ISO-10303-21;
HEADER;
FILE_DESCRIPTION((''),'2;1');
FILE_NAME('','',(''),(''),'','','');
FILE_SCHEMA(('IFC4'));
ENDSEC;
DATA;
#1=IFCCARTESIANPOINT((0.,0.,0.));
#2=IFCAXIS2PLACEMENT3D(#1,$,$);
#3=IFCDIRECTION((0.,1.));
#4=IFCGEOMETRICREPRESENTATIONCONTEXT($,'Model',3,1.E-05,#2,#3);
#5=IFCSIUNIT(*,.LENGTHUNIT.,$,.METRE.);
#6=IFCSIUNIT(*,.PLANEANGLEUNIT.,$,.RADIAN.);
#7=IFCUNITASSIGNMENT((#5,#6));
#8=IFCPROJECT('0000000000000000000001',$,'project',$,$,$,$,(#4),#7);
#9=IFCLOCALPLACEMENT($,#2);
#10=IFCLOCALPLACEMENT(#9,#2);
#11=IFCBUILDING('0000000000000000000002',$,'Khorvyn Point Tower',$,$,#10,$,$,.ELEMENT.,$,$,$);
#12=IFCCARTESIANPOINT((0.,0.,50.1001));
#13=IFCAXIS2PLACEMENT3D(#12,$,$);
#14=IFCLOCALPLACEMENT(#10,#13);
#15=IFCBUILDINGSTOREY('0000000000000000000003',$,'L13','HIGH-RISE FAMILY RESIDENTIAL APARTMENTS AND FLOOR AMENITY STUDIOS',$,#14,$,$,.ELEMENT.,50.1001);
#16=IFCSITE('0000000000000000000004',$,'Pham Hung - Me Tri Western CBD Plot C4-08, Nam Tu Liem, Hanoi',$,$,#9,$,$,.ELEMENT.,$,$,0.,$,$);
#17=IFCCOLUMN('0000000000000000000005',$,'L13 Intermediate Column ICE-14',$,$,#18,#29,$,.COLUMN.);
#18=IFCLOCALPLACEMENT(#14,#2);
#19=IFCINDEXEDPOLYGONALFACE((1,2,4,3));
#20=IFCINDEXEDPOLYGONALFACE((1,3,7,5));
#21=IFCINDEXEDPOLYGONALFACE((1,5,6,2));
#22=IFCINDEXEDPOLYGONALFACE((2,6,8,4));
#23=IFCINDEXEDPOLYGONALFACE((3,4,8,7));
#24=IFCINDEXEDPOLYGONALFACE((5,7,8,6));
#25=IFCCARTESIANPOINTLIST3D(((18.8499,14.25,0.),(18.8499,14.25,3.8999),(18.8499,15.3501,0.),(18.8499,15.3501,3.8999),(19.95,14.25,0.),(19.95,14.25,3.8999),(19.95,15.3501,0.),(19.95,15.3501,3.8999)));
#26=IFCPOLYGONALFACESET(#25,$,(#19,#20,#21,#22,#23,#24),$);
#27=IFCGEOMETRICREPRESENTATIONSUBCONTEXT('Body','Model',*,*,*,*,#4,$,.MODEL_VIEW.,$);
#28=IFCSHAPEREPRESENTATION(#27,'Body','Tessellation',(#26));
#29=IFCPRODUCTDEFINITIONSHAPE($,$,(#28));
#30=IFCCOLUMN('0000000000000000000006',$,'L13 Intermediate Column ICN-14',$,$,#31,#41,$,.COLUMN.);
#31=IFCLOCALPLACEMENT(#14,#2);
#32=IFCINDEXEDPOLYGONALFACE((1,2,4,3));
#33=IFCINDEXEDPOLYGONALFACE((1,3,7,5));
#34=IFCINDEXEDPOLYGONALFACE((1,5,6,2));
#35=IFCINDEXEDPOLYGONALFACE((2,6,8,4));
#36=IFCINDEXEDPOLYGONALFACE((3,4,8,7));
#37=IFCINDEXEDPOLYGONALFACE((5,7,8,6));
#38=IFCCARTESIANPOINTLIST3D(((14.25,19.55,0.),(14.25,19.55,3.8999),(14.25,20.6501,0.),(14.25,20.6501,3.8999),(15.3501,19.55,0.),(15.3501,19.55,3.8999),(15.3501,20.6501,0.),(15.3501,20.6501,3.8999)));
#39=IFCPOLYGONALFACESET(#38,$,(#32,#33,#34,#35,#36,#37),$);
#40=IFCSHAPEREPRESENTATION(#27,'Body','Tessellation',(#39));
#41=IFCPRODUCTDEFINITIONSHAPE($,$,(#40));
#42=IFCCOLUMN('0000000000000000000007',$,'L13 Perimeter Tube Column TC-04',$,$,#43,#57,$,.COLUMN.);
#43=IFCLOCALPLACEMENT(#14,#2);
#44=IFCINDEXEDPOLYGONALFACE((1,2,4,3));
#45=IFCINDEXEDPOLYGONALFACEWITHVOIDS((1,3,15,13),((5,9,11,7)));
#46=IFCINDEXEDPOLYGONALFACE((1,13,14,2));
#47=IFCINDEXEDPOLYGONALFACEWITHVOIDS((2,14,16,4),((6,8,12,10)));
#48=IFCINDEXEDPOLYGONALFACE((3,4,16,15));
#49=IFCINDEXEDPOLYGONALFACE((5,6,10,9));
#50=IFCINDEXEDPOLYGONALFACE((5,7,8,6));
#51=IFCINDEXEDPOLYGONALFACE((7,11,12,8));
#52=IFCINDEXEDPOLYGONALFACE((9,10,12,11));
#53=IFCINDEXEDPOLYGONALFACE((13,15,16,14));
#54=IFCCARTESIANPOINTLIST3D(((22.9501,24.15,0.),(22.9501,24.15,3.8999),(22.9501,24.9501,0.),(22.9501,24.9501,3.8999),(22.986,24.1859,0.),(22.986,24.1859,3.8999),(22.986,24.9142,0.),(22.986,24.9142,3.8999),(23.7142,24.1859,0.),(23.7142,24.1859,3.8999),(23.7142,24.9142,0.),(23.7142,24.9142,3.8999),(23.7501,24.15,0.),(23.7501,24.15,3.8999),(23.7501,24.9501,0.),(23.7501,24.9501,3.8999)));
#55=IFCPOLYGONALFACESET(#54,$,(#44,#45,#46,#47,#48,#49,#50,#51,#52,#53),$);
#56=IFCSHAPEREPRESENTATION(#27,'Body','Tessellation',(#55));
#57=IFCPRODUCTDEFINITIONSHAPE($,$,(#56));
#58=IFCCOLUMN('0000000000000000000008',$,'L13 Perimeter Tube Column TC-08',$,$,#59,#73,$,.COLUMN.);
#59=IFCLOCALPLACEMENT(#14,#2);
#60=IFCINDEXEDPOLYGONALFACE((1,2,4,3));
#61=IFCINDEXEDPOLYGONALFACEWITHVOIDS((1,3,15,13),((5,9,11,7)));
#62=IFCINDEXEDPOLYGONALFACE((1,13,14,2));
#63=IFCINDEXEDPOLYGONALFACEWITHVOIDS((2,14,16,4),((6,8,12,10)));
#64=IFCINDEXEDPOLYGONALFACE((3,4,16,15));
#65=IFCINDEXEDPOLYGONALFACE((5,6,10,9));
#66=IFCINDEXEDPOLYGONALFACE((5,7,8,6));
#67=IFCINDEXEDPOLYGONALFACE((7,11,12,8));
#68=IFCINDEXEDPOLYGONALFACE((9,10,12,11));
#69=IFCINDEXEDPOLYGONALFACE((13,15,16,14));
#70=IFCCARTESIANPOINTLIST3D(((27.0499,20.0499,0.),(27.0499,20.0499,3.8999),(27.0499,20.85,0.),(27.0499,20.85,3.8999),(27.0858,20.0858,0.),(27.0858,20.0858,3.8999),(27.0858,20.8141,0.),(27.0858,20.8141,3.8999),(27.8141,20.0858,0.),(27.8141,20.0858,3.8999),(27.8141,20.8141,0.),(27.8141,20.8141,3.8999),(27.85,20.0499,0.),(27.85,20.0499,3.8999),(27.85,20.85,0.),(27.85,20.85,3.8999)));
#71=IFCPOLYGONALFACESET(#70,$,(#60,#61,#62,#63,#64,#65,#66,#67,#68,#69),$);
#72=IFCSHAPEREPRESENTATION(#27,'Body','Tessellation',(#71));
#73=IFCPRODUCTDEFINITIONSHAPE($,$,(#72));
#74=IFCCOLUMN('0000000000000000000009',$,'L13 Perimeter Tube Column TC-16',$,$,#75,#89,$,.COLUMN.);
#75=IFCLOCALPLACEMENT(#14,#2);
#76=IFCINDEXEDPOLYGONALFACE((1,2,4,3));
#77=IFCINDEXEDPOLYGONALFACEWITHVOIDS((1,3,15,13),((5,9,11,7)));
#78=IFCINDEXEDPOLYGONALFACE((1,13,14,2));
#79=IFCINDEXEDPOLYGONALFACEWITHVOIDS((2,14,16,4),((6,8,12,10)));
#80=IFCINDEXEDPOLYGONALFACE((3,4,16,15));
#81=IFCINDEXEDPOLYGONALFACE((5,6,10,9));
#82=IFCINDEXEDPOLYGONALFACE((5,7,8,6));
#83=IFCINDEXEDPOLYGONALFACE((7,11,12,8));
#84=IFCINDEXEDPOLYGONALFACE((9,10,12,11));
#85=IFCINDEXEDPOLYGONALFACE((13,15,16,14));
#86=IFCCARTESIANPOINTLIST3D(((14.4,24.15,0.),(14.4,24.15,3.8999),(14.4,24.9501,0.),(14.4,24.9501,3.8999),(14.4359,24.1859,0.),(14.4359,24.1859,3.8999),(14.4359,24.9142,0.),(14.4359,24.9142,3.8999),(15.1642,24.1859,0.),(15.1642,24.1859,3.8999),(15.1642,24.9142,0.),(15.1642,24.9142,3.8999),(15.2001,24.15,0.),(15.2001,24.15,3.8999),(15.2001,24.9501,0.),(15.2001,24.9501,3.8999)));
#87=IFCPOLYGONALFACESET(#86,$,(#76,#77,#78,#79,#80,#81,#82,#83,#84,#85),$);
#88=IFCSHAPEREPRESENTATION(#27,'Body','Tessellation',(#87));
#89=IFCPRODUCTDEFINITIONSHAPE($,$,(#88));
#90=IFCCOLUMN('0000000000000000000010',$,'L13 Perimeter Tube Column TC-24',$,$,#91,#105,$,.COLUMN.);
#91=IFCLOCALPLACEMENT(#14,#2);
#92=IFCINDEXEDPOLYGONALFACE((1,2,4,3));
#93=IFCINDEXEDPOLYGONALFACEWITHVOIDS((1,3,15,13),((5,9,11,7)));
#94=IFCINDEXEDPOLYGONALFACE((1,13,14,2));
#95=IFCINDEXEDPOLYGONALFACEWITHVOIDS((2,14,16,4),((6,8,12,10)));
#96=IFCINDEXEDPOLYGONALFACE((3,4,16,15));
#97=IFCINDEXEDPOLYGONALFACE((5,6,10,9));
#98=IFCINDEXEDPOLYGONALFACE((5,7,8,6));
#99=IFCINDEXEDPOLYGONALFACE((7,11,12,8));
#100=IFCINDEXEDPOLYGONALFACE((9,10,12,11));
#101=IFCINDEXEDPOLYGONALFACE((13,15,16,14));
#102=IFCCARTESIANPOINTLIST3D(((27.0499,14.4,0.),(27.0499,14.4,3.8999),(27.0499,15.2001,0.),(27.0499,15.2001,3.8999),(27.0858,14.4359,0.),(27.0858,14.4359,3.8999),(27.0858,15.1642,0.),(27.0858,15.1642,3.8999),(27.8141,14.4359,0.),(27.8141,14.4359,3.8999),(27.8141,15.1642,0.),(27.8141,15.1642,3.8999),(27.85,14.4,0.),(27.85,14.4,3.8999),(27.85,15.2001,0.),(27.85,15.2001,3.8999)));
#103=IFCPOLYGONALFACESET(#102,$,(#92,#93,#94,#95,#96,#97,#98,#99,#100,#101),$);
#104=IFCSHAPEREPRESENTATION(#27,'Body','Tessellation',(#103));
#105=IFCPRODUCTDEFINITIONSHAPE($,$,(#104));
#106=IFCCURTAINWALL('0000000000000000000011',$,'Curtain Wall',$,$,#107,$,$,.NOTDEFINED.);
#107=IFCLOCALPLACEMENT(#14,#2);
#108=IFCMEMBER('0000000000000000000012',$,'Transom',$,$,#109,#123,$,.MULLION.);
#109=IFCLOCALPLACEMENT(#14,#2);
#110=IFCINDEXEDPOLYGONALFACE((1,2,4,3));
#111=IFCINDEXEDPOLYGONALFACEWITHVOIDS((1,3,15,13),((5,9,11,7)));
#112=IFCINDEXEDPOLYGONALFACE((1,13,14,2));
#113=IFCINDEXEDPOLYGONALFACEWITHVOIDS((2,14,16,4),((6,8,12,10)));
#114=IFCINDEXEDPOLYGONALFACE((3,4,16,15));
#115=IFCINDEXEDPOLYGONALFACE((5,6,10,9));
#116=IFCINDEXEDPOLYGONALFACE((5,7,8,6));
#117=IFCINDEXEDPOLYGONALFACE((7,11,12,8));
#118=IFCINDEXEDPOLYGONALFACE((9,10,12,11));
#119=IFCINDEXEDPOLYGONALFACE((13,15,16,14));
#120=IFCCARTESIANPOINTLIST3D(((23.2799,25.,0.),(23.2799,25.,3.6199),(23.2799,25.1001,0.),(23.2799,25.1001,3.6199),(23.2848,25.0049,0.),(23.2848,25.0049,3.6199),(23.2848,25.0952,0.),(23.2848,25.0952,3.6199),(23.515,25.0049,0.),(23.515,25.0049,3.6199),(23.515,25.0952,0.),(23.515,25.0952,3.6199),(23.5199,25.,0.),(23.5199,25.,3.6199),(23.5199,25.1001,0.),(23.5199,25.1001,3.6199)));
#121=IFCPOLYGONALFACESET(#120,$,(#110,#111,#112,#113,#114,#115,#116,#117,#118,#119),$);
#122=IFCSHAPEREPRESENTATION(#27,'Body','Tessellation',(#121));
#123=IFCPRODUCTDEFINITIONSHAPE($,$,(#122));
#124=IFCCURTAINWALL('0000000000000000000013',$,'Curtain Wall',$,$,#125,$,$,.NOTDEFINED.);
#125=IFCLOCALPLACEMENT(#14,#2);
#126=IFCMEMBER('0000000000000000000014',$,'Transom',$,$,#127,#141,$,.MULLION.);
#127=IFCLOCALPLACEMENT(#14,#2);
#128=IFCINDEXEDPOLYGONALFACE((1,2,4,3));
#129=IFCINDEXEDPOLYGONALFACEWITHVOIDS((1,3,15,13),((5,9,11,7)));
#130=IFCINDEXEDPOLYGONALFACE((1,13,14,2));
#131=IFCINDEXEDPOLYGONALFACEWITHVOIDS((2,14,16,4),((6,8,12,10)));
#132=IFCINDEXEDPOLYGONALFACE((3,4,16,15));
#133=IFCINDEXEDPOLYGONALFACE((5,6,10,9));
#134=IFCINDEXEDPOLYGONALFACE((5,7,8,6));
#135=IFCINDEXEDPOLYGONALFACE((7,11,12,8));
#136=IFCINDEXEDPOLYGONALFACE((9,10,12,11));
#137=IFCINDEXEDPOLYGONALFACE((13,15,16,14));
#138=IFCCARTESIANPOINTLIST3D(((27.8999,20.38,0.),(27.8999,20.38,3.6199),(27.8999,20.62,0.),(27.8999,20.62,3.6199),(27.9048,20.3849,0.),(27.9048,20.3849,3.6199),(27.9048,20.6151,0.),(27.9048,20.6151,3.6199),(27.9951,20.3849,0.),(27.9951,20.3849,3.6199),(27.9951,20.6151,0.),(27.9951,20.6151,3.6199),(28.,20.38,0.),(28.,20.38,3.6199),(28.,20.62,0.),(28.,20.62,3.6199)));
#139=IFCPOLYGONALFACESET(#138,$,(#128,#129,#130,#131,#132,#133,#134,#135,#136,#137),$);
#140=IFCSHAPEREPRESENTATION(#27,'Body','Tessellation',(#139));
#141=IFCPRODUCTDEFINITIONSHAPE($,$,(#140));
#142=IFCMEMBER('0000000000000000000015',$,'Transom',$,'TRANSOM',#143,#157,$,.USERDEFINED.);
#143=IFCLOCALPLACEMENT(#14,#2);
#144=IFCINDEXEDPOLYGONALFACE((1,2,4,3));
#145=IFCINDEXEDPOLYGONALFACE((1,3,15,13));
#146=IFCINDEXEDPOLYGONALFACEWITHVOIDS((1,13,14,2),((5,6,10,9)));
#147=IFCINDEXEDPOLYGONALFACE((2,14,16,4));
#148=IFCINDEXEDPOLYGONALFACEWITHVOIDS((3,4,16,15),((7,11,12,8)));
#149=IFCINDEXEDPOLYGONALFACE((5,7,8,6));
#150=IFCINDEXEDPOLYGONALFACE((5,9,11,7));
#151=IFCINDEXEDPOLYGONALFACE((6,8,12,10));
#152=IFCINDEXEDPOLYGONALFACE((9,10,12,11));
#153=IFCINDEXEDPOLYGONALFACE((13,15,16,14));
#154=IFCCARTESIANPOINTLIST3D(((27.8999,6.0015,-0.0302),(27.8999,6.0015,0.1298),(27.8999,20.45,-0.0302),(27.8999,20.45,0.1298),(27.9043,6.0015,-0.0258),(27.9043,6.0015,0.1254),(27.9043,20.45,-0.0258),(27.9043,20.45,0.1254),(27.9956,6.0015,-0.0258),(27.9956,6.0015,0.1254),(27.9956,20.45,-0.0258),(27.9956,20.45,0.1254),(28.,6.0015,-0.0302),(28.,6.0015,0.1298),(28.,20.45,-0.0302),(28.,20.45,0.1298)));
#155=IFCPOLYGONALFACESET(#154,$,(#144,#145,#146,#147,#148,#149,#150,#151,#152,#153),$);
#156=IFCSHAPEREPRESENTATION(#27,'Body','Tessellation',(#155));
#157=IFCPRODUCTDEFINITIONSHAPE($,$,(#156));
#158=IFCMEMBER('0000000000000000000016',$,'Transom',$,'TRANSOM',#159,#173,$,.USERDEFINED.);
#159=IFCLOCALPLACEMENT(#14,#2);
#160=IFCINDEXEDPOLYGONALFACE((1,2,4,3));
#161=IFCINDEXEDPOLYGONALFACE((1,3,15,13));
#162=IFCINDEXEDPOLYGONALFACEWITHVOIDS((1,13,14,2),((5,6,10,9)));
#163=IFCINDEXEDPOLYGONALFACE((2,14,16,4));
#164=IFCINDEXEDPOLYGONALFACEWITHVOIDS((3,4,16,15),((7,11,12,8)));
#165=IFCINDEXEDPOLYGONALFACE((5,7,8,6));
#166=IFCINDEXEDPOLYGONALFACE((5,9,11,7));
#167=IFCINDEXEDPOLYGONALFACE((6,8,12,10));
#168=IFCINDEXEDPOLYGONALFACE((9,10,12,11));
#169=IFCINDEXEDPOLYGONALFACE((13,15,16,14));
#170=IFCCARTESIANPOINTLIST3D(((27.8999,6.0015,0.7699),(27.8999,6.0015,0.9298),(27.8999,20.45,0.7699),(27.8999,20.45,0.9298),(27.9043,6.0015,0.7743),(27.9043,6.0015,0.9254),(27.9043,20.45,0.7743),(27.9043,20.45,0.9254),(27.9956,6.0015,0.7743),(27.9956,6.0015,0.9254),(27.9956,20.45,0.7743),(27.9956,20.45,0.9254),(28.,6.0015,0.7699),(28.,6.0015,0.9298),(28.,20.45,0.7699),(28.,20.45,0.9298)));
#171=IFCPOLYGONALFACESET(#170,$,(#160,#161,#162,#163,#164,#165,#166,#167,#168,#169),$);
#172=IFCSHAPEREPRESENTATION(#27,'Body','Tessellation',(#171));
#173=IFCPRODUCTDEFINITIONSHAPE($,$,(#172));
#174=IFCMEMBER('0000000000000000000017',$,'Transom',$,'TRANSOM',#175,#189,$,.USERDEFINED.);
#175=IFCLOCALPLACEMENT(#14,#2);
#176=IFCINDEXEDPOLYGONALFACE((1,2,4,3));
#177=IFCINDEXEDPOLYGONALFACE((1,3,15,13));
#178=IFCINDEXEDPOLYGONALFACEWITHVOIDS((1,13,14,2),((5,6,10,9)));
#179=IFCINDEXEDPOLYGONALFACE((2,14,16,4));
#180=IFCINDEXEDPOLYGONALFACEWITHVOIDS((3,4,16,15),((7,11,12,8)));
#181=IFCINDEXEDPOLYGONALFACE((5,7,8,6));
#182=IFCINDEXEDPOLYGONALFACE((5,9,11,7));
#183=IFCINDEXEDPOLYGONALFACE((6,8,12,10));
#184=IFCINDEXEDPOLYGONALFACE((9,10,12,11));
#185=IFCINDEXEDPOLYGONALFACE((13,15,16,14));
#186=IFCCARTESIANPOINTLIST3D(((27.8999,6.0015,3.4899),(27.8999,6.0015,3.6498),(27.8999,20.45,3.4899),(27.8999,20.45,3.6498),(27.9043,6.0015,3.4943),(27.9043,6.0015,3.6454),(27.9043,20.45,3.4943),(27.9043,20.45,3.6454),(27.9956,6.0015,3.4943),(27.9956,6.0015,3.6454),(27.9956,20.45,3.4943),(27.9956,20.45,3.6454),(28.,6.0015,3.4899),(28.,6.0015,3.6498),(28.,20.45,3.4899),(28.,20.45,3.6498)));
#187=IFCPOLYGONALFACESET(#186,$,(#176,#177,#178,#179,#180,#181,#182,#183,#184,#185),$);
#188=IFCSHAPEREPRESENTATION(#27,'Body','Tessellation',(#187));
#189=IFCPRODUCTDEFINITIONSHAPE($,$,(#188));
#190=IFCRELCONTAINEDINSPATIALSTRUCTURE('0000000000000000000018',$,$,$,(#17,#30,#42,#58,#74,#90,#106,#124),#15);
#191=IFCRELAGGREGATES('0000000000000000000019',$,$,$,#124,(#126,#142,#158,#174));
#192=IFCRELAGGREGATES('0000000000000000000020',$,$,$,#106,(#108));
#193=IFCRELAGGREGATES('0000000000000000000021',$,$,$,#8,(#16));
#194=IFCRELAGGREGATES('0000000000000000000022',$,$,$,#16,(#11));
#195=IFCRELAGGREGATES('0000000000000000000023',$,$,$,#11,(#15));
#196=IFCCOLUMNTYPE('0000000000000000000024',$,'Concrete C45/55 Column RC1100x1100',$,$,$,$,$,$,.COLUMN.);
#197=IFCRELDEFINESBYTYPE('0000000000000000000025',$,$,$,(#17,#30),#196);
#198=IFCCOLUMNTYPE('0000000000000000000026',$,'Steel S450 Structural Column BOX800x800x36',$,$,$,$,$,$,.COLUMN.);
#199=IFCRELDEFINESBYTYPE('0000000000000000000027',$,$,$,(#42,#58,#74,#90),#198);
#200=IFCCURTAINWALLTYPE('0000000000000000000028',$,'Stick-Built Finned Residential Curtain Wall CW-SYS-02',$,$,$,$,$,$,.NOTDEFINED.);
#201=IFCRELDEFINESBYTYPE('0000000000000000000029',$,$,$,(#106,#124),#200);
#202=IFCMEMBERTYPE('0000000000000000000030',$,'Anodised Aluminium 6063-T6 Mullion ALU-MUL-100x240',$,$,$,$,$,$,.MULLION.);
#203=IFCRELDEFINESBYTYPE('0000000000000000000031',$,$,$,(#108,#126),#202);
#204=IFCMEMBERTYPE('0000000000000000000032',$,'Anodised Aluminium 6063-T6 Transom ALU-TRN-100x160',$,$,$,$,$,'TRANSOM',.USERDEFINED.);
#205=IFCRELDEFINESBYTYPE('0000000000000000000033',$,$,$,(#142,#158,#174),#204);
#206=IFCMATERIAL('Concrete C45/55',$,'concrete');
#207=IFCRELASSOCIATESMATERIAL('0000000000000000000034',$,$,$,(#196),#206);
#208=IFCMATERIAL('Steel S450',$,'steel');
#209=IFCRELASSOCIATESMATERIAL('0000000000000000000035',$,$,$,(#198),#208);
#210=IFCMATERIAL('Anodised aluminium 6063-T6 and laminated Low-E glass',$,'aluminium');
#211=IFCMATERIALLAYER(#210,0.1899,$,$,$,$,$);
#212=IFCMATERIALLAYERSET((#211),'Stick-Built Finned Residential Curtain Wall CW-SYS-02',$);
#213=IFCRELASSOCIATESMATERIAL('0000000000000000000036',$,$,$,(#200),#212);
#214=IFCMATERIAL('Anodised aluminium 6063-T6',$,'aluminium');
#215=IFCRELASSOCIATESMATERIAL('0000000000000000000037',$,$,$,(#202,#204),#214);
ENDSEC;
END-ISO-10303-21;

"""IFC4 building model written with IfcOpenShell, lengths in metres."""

from ifc_helpers import new_model, si_unit, direction, frame, origin, origin_2d, place, context, subcontext, project, spatial, rectangle, hollow_rectangle, extrude, material, layer, layer_set, material_profile, profile_set, type_object, element, aggregate, save


model = new_model("IFC4")

# Units and contexts
model_context = context("Model", 3, precision=1e-05, world=origin(), true_north=direction((0.0, 1.0)))
body_context = subcontext(model_context, "Body", "Model", "MODEL_VIEW")
ifc_project = project(units=[si_unit("LENGTHUNIT", "METRE"), si_unit("PLANEANGLEUNIT", "RADIAN")], contexts=[model_context])

# Site, building, storey
site_placement = place(None, origin())
site = spatial("IfcSite", under=ifc_project, at=site_placement, Name="Pham Hung - Me Tri Western CBD Plot C4-08, Nam Tu Liem, Hanoi", CompositionType="ELEMENT", RefElevation=0.0)
building_placement = place(site_placement, origin())
building = spatial("IfcBuilding", under=site, at=building_placement, Name="Khorvyn Point Tower", CompositionType="ELEMENT")
storey_placement = place(building_placement, frame((0.0, 0.0, 50.1001)))
storey = spatial("IfcBuildingStorey", under=building, at=storey_placement, Name="L13", Description="HIGH-RISE FAMILY RESIDENTIAL APARTMENTS AND FLOOR AMENITY STUDIOS", CompositionType="ELEMENT", Elevation=50.1001)

# Columns
ifc_material_1 = material(Name="Concrete C45/55", Category="concrete")
ifc_material_profile_1 = material_profile(ifc_material_1, rectangle(XDim=1.1001, YDim=1.1001, at=origin_2d()))
ifc_profile_set_1 = profile_set([ifc_material_profile_1], Name="Concrete C45/55 RC1100x1100")
column_type_1 = type_object("IfcColumnType", Name="Concrete C45/55 Column RC1100x1100", PredefinedType="COLUMN", material=ifc_profile_set_1)
for number, where, z_axis, x_axis, name in (
    (1, (19.3999, 14.8, 0.0), (0.0, 0.0, 1.0), (1.0, 0.0, 0.0), "L13 Intermediate Column ICE-14"),
    (2, (14.8, 20.1001, 0.0), (0.0, 0.0, 1.0), (1.0, 0.0, 0.0), "L13 Intermediate Column ICN-14"),
):
    element("IfcColumn", number, at=place(storey_placement, frame(where, z_axis=z_axis, x_axis=x_axis)), inside=storey, type_object=column_type_1, Name=name, PredefinedType="COLUMN", context=body_context, shape_type="SweptSolid", body=[
        extrude(rectangle(XDim=1.1001, YDim=1.1001, at=origin_2d()), origin(), (0.0, 0.0, 1.0), 3.8999),
    ])
ifc_material_2 = material(Name="Steel S450", Category="steel")
ifc_material_profile_2 = material_profile(ifc_material_2, hollow_rectangle(XDim=0.8, YDim=0.8, WallThickness=0.0359, at=origin_2d()))
ifc_profile_set_2 = profile_set([ifc_material_profile_2], Name="Steel S450 BOX800x800x36")
column_type_2 = type_object("IfcColumnType", Name="Steel S450 Structural Column BOX800x800x36", PredefinedType="COLUMN", material=ifc_profile_set_2)
for number, where, z_axis, x_axis, name in (
    (3, (23.3501, 24.55, 0.0), (0.0, 0.0, 1.0), (1.0, 0.0, 0.0), "L13 Perimeter Tube Column TC-04"),
    (4, (27.45, 20.45, 0.0), (0.0, 0.0, 1.0), (1.0, 0.0, 0.0), "L13 Perimeter Tube Column TC-08"),
    (5, (14.8, 24.55, 0.0), (0.0, 0.0, 1.0), (1.0, 0.0, 0.0), "L13 Perimeter Tube Column TC-16"),
    (6, (27.45, 14.8, 0.0), (0.0, 0.0, 1.0), (1.0, 0.0, 0.0), "L13 Perimeter Tube Column TC-24"),
):
    element("IfcColumn", number, at=place(storey_placement, frame(where, z_axis=z_axis, x_axis=x_axis)), inside=storey, type_object=column_type_2, Name=name, PredefinedType="COLUMN", context=body_context, shape_type="SweptSolid", body=[
        extrude(hollow_rectangle(XDim=0.8, YDim=0.8, WallThickness=0.0359, at=origin_2d()), origin(), (0.0, 0.0, 1.0), 3.8999),
    ])

# Curtain wall, member
ifc_material_3 = material(Name="Anodised aluminium 6063-T6 and laminated Low-E glass", Category="aluminium")
ifc_layer_1 = layer(ifc_material_3, 0.1899)
ifc_layer_set_1 = layer_set([ifc_layer_1], Name="Stick-Built Finned Residential Curtain Wall CW-SYS-02")
curtain_wall_type = type_object("IfcCurtainWallType", Name="Stick-Built Finned Residential Curtain Wall CW-SYS-02", PredefinedType="NOTDEFINED", material=ifc_layer_set_1)
curtain_wall_1_placement = place(storey_placement, origin())
curtain_wall_1 = element("IfcCurtainWall", 7, at=curtain_wall_1_placement, inside=storey, type_object=curtain_wall_type, Name="Curtain Wall", PredefinedType="NOTDEFINED")
ifc_material_4 = material(Name="Anodised aluminium 6063-T6", Category="aluminium")
ifc_material_profile_3 = material_profile(ifc_material_4, hollow_rectangle(XDim=0.1001, YDim=0.24, WallThickness=0.0049, at=origin_2d()))
ifc_profile_set_3 = profile_set([ifc_material_profile_3], Name="Anodised aluminium 6063-T6 ALU-MUL-100x240")
member_type_1 = type_object("IfcMemberType", Name="Anodised Aluminium 6063-T6 Mullion ALU-MUL-100x240", PredefinedType="MULLION", material=ifc_profile_set_3)
member_1_placement = place(storey_placement, frame((23.3999, 25.05, 0.0), z_axis=(0.0, 0.0, 1.0), x_axis=(0.0, 1.0, 0.0)))
member_1 = element("IfcMember", 8, at=member_1_placement, type_object=member_type_1, Name="Transom", PredefinedType="MULLION", context=body_context, shape_type="SweptSolid", body=[
    extrude(hollow_rectangle(XDim=0.1001, YDim=0.24, WallThickness=0.0049, at=origin_2d()), origin(), (0.0, 0.0, 1.0), 3.6199),
])

# Curtain wall, members
curtain_wall_2_placement = place(storey_placement, origin())
curtain_wall_2 = element("IfcCurtainWall", 9, at=curtain_wall_2_placement, inside=storey, type_object=curtain_wall_type, Name="Curtain Wall", PredefinedType="NOTDEFINED")
member_2_placement = place(storey_placement, frame((27.95, 20.5, 0.0), z_axis=(0.0, 0.0, 1.0), x_axis=(1.0, 0.0, 0.0)))
member_2 = element("IfcMember", 10, at=member_2_placement, type_object=member_type_1, Name="Transom", PredefinedType="MULLION", context=body_context, shape_type="SweptSolid", body=[
    extrude(hollow_rectangle(XDim=0.1001, YDim=0.24, WallThickness=0.0049, at=origin_2d()), origin(), (0.0, 0.0, 1.0), 3.6199),
])
ifc_material_profile_4 = material_profile(ifc_material_4, hollow_rectangle(XDim=0.1001, YDim=0.1599, WallThickness=0.0044, at=origin_2d()))
ifc_profile_set_4 = profile_set([ifc_material_profile_4], Name="Anodised aluminium 6063-T6 ALU-TRN-100x160")
member_type_2 = type_object("IfcMemberType", Name="Anodised Aluminium 6063-T6 Transom ALU-TRN-100x160", ElementType="TRANSOM", PredefinedType="USERDEFINED", material=ifc_profile_set_4)
member_3_placement = place(storey_placement, frame((27.95, 20.45, 0.0498), z_axis=(0.0, -1.0, 0.0), x_axis=(1.0, 0.0, 0.0)))
member_3 = element("IfcMember", 11, at=member_3_placement, type_object=member_type_2, Name="Transom", ObjectType="TRANSOM", PredefinedType="USERDEFINED", context=body_context, shape_type="SweptSolid", body=[
    extrude(hollow_rectangle(XDim=0.1001, YDim=0.1599, WallThickness=0.0044, at=origin_2d()), origin(), (0.0, 0.0, 1.0), 14.4485),
])
member_4_placement = place(storey_placement, frame((27.95, 20.45, 0.8499), z_axis=(0.0, -1.0, 0.0), x_axis=(1.0, 0.0, 0.0)))
member_4 = element("IfcMember", 12, at=member_4_placement, type_object=member_type_2, Name="Transom", ObjectType="TRANSOM", PredefinedType="USERDEFINED", context=body_context, shape_type="SweptSolid", body=[
    extrude(hollow_rectangle(XDim=0.1001, YDim=0.1599, WallThickness=0.0044, at=origin_2d()), origin(), (0.0, 0.0, 1.0), 14.4485),
])
member_5_placement = place(storey_placement, frame((27.95, 20.45, 3.5698), z_axis=(0.0, -1.0, 0.0), x_axis=(1.0, 0.0, 0.0)))
member_5 = element("IfcMember", 13, at=member_5_placement, type_object=member_type_2, Name="Transom", ObjectType="TRANSOM", PredefinedType="USERDEFINED", context=body_context, shape_type="SweptSolid", body=[
    extrude(hollow_rectangle(XDim=0.1001, YDim=0.1599, WallThickness=0.0044, at=origin_2d()), origin(), (0.0, 0.0, 1.0), 14.4485),
])
aggregate(curtain_wall_2, [member_2, member_3, member_4, member_5])

aggregate(curtain_wall_1, [member_1])

save(model, "model.ifc")
